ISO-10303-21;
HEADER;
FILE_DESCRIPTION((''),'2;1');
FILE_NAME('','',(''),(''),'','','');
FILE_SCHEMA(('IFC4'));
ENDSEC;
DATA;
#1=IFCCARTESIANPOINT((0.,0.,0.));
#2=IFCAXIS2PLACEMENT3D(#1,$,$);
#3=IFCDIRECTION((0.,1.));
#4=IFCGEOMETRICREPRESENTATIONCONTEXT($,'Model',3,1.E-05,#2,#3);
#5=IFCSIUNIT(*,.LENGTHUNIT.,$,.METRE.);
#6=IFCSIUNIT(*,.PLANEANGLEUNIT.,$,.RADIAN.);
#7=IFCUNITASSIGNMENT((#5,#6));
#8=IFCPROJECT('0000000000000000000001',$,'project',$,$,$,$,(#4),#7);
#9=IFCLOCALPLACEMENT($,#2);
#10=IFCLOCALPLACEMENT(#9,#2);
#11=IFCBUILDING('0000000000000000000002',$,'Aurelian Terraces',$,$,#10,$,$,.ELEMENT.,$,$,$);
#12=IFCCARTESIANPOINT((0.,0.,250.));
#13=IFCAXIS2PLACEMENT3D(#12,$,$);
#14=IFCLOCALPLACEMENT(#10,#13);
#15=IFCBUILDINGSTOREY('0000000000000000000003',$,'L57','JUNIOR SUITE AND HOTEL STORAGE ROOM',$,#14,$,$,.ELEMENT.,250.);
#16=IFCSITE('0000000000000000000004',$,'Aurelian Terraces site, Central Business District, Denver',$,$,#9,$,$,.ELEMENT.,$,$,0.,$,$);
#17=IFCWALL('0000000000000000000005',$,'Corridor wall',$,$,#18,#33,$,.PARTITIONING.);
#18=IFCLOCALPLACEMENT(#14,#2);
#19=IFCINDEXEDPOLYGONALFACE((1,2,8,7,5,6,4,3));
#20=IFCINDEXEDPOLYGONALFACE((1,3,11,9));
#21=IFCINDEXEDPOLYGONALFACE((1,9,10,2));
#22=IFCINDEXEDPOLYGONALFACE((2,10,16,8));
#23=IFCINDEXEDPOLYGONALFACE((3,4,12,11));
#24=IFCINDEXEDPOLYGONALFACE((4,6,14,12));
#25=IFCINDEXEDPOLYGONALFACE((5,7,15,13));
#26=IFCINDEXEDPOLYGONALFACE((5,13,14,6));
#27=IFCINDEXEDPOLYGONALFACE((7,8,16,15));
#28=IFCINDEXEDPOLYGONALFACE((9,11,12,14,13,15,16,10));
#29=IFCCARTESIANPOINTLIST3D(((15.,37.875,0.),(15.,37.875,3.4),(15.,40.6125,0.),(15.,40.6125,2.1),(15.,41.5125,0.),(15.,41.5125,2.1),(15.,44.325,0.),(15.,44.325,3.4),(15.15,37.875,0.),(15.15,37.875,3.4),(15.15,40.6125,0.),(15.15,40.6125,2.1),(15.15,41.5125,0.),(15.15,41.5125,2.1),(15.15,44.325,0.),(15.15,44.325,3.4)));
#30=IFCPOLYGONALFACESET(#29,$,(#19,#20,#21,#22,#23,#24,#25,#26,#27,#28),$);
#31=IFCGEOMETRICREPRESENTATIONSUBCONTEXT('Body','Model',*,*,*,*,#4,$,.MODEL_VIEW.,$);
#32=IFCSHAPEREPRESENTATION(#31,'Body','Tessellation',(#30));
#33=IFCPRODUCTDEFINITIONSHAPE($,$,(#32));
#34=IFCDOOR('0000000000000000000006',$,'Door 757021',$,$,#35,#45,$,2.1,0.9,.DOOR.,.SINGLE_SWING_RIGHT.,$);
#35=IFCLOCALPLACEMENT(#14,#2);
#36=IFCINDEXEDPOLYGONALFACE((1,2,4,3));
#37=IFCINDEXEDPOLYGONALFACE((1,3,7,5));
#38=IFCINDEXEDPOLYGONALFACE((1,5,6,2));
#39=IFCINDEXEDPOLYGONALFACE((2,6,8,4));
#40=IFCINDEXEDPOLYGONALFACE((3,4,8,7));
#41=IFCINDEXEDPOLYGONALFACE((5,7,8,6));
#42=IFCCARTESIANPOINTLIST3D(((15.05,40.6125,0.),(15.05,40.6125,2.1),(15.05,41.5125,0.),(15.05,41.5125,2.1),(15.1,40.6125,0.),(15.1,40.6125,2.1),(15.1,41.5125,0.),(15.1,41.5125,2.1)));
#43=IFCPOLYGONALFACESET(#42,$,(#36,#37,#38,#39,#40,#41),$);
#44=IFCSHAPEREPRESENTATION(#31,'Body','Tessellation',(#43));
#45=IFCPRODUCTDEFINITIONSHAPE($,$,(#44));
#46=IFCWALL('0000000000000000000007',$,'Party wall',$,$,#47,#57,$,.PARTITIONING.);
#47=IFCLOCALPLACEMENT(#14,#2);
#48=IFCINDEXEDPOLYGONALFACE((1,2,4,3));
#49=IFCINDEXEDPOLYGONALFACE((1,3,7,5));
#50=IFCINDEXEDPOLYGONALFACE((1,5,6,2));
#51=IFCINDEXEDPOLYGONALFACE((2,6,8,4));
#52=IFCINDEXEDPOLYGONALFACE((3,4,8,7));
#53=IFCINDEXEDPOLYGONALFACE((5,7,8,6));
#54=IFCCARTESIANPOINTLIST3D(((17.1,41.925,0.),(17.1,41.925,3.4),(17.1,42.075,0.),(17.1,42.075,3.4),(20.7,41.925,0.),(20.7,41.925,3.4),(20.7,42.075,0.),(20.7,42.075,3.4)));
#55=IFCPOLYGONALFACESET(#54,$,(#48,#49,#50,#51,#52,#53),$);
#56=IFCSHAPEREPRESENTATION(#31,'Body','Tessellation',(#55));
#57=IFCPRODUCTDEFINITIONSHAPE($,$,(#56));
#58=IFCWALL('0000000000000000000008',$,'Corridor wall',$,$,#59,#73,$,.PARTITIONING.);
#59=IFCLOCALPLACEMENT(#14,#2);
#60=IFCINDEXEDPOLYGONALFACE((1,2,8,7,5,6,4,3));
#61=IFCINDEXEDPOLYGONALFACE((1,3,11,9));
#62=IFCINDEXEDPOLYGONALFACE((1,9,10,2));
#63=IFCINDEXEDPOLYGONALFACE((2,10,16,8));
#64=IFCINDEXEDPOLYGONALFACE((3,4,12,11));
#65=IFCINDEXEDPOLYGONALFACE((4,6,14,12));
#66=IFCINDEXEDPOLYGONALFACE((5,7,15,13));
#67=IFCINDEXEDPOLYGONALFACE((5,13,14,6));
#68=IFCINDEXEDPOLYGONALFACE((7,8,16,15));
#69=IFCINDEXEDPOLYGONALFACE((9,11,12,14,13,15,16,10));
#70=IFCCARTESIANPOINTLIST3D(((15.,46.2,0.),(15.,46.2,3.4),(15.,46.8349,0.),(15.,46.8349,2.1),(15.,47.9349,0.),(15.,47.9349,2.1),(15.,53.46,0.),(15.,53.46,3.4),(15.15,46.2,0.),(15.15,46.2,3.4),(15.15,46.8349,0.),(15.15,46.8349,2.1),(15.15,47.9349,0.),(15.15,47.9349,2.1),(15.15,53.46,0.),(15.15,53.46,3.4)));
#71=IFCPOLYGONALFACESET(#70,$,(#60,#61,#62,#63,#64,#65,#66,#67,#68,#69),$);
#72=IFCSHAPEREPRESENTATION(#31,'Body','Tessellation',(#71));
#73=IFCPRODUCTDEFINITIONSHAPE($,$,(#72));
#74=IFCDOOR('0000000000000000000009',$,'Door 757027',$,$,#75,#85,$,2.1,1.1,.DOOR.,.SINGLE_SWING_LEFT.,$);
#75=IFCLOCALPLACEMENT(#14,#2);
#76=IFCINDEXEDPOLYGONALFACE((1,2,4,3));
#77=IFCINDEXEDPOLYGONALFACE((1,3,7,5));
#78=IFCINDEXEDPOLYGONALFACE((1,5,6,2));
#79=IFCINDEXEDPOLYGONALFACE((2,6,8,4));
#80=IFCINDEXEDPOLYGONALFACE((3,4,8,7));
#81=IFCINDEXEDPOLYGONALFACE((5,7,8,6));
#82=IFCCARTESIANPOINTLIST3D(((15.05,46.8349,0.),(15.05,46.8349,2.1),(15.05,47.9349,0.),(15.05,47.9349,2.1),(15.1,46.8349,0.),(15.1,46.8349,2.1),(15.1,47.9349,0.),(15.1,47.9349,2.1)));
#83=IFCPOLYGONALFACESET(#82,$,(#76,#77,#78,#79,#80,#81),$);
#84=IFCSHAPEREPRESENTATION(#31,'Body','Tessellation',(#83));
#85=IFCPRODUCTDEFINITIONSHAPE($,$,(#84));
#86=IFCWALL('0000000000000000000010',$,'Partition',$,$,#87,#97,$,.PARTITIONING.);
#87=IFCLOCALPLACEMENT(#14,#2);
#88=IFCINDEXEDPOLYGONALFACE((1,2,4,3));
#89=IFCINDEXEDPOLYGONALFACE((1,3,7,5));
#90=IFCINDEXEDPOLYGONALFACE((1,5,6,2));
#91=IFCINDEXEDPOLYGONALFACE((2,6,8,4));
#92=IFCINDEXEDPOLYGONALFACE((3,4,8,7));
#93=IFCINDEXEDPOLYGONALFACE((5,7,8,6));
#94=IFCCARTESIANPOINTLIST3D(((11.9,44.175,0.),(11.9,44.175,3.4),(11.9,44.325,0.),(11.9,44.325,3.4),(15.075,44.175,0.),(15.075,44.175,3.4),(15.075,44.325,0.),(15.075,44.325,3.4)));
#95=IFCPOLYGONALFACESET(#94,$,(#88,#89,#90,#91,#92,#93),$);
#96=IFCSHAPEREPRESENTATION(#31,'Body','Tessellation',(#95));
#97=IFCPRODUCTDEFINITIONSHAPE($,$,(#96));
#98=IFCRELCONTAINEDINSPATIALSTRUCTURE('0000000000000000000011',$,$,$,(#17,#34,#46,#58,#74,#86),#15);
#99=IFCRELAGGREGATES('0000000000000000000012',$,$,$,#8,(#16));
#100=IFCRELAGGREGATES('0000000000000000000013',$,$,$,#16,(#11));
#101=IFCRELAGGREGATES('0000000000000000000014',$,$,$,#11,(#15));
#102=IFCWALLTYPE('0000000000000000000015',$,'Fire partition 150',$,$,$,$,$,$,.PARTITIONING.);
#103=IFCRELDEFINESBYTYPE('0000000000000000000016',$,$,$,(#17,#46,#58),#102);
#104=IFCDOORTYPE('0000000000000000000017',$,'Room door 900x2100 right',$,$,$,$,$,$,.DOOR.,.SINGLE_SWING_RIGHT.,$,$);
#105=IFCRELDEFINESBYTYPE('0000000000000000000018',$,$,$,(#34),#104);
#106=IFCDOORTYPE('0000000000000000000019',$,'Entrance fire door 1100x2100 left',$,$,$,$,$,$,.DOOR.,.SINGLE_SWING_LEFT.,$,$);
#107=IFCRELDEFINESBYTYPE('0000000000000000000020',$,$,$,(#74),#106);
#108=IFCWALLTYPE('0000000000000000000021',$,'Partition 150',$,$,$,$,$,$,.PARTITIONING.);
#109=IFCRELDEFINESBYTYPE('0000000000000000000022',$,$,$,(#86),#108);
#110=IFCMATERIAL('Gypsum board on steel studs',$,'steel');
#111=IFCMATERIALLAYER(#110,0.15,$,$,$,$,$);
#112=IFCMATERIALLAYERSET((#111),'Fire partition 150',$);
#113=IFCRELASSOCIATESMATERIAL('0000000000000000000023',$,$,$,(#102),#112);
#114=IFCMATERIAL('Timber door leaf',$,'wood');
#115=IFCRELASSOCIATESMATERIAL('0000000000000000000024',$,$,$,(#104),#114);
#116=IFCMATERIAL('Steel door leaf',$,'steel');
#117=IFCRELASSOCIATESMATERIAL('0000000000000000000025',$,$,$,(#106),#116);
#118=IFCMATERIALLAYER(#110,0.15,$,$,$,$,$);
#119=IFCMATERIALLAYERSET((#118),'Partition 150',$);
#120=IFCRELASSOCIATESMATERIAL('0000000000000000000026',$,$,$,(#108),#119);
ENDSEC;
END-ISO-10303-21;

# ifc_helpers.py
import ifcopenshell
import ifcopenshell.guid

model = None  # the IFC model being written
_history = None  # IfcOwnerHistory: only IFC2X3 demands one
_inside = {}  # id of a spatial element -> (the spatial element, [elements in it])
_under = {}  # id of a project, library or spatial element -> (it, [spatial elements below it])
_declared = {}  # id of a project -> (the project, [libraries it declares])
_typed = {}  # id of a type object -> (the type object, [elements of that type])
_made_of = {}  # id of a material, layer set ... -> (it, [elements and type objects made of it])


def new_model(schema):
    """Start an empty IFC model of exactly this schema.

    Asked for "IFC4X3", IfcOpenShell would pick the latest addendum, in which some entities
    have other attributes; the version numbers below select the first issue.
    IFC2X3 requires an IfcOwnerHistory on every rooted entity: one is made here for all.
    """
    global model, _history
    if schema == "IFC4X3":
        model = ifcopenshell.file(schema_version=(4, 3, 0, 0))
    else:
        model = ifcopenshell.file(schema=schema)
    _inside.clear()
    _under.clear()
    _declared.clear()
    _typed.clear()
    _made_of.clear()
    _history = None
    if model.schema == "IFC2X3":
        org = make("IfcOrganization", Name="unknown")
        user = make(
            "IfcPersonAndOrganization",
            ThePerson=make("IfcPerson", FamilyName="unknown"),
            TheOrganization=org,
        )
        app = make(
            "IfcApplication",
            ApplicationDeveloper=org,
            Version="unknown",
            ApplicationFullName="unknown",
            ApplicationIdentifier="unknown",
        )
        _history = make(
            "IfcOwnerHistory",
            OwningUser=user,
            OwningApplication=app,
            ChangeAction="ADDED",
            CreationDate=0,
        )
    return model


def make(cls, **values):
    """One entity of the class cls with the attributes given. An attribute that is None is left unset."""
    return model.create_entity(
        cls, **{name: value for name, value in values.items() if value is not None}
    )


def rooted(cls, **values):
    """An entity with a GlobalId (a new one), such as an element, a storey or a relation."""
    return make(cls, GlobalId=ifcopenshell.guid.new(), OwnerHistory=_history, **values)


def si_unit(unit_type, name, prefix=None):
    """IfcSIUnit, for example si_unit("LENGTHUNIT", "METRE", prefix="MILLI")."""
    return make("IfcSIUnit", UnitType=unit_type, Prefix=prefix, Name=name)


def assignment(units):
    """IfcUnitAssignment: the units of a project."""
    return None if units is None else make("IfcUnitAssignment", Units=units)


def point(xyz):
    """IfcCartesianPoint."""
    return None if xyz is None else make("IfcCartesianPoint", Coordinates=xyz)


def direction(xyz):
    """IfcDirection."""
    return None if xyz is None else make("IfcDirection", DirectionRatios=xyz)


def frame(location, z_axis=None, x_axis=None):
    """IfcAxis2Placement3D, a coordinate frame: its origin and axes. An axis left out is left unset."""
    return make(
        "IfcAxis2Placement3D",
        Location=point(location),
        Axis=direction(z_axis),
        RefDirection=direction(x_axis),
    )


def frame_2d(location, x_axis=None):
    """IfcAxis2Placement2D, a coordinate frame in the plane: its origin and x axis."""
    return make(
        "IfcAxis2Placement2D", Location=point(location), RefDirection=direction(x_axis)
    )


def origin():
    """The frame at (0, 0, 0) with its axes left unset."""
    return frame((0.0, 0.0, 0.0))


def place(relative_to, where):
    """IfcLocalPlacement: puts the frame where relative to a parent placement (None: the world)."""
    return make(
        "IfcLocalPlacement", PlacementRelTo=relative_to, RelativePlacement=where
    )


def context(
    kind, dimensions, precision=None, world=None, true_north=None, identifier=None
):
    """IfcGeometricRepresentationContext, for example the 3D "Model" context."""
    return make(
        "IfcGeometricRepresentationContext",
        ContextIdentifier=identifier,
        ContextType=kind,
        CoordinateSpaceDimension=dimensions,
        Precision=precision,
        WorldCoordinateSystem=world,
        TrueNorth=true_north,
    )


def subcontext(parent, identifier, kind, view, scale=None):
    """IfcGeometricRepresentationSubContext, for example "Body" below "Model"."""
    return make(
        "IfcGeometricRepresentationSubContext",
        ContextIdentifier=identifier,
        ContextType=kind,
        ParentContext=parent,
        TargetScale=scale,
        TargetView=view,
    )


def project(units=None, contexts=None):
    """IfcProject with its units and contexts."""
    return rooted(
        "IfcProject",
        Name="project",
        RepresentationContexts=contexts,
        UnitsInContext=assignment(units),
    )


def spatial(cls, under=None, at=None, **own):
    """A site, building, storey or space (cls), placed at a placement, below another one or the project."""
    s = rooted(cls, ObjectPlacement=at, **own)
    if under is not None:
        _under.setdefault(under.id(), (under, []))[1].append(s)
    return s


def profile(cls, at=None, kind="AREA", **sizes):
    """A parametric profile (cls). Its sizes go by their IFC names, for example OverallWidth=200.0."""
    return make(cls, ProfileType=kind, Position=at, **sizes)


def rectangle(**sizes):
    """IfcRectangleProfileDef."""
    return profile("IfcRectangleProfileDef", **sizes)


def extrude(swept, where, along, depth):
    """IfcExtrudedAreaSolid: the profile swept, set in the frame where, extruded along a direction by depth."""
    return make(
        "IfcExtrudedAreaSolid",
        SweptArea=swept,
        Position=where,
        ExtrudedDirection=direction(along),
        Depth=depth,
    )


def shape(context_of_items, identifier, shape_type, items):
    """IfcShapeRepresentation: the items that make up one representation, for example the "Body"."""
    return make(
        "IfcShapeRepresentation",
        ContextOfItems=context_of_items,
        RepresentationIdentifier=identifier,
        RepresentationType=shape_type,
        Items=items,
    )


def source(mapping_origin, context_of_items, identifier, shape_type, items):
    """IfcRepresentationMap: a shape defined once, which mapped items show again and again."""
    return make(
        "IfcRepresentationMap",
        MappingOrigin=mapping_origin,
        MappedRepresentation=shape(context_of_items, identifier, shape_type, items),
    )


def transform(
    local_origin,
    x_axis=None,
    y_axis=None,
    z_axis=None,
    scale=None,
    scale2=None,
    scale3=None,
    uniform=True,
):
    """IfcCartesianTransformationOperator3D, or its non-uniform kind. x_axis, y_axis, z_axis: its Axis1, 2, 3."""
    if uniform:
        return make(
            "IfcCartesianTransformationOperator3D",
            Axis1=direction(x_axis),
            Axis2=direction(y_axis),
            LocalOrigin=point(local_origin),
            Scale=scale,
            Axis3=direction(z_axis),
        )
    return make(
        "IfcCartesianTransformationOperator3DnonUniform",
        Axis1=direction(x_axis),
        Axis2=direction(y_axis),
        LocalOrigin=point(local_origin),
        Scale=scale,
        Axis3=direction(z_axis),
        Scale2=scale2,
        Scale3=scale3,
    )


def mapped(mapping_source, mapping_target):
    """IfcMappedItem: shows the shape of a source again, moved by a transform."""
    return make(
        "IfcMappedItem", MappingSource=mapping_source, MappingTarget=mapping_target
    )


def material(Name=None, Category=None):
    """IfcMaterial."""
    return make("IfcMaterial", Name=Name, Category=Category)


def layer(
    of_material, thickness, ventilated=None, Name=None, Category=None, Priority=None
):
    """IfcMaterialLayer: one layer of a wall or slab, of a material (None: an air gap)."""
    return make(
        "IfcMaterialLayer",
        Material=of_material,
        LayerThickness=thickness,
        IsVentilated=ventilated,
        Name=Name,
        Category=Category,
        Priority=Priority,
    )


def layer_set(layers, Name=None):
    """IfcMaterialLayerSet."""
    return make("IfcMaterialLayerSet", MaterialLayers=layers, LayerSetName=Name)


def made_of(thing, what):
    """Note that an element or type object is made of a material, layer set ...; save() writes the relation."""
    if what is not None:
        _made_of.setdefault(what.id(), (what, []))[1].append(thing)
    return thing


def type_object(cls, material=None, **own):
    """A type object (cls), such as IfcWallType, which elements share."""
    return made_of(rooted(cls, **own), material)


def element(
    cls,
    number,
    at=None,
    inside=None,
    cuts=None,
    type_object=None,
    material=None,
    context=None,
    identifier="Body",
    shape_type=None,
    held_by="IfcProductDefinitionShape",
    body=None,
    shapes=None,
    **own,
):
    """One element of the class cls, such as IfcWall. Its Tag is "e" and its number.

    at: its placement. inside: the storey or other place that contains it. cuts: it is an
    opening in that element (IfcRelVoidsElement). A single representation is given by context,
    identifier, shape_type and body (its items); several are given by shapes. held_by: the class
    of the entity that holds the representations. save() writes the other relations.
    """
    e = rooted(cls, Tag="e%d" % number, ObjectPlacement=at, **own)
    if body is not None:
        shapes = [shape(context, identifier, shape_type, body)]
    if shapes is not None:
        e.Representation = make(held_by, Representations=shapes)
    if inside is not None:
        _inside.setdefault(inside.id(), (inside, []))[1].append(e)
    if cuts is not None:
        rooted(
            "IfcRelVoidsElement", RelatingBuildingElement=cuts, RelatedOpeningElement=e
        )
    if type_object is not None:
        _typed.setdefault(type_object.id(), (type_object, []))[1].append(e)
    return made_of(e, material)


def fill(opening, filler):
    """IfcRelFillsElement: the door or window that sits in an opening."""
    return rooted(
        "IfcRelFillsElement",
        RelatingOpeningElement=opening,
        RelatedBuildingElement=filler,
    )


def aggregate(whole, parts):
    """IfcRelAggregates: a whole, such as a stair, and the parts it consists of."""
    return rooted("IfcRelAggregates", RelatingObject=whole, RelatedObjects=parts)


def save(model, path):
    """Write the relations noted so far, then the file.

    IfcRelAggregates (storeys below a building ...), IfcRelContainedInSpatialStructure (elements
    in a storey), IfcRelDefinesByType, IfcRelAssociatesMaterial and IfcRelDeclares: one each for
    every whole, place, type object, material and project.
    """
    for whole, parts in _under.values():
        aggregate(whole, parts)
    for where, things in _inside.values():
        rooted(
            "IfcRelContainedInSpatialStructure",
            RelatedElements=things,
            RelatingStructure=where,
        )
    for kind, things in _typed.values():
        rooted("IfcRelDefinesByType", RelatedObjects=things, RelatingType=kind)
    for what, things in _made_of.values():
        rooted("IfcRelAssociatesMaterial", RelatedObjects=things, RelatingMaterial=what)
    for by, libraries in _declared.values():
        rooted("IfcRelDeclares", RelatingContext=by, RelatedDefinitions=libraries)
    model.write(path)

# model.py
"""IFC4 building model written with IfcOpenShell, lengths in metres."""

from ifc_helpers import new_model, si_unit, direction, frame, frame_2d, origin, place, context, subcontext, project, spatial, rectangle, extrude, source, transform, mapped, material, layer, layer_set, type_object, element, fill, save


model = new_model("IFC4")

# Units and contexts
model_context = context("Model", 3, precision=1e-05, world=origin(), true_north=direction((0.0, 1.0)))
body_context = subcontext(model_context, "Body", "Model", "MODEL_VIEW")
ifc_project = project(units=[si_unit("LENGTHUNIT", "METRE"), si_unit("PLANEANGLEUNIT", "RADIAN")], contexts=[model_context])

# Site, building, storey
site_placement = place(None, origin())
site = spatial("IfcSite", under=ifc_project, at=site_placement, Name="Aurelian Terraces site, Central Business District, Denver", CompositionType="ELEMENT", RefElevation=0.0)
building_placement = place(site_placement, origin())
building = spatial("IfcBuilding", under=site, at=building_placement, Name="Aurelian Terraces", CompositionType="ELEMENT")
storey_placement = place(building_placement, frame((0.0, 0.0, 250.0)))
storey = spatial("IfcBuildingStorey", under=building, at=storey_placement, Name="L57", Description="JUNIOR SUITE AND HOTEL STORAGE ROOM", CompositionType="ELEMENT", Elevation=250.0)

# Wall, opening, door
ifc_material_1 = material(Name="Gypsum board on steel studs", Category="steel")
ifc_layer_1 = layer(ifc_material_1, 0.15)
ifc_layer_set_1 = layer_set([ifc_layer_1], Name="Fire partition 150")
wall_type_1 = type_object("IfcWallType", Name="Fire partition 150", PredefinedType="PARTITIONING", material=ifc_layer_set_1)
shared_shape_1 = source(origin(), body_context, "Body", "SweptSolid", [
    extrude(rectangle(XDim=6.45, YDim=0.15, at=frame_2d((3.225, 0.0))), origin(), (0.0, 0.0, 1.0), 3.4),
])
wall_1_placement = place(storey_placement, frame((15.075, 37.875, 0.0), z_axis=(0.0, 0.0, 1.0), x_axis=(0.0, 1.0, 0.0)))
wall_1 = element("IfcWall", 1, at=wall_1_placement, inside=storey, type_object=wall_type_1, Name="Corridor wall", PredefinedType="PARTITIONING", context=body_context, shape_type="MappedRepresentation", body=[
    mapped(shared_shape_1, transform((0.0, 0.0, 0.0), scale=1.0)),
])
shared_shape_2 = source(origin(), body_context, "Body", "SweptSolid", [
    extrude(rectangle(XDim=0.9, YDim=2.1, at=frame_2d((0.45, 1.05))), frame((0.0, 0.085, 0.0), z_axis=(0.0, -1.0, 0.0), x_axis=(1.0, 0.0, 0.0)), (0.0, 0.0, 1.0), 0.17),
])
opening_1_placement = place(wall_1_placement, frame((2.7375, 0.0, 0.0)))
opening_1 = element("IfcOpeningElement", 2, at=opening_1_placement, cuts=wall_1, PredefinedType="OPENING", context=body_context, shape_type="MappedRepresentation", body=[
    mapped(shared_shape_2, transform((0.0, 0.0, 0.0), scale=1.0)),
])
ifc_material_2 = material(Name="Timber door leaf", Category="wood")
door_type_1 = type_object("IfcDoorType", Name="Room door 900x2100 right", OperationType="SINGLE_SWING_RIGHT", PredefinedType="DOOR", material=ifc_material_2)
shared_shape_3 = source(origin(), body_context, "Body", "SweptSolid", [
    extrude(rectangle(XDim=0.9, YDim=2.1, at=frame_2d((0.45, 1.05))), frame((0.0, 0.025, 0.0), z_axis=(0.0, -1.0, 0.0), x_axis=(1.0, 0.0, 0.0)), (0.0, 0.0, 1.0), 0.05),
])
door_1_placement = place(opening_1_placement, origin())
door_1 = element("IfcDoor", 3, at=door_1_placement, inside=storey, type_object=door_type_1, Name="Door 757021", OperationType="SINGLE_SWING_RIGHT", OverallHeight=2.1, OverallWidth=0.9, PredefinedType="DOOR", context=body_context, shape_type="MappedRepresentation", body=[
    mapped(shared_shape_3, transform((0.0, 0.0, 0.0), scale=1.0)),
])
fill(opening_1, door_1)

# Wall
shared_shape_4 = source(origin(), body_context, "Body", "SweptSolid", [
    extrude(rectangle(XDim=3.6, YDim=0.15, at=frame_2d((1.8, 0.0))), origin(), (0.0, 0.0, 1.0), 3.4),
])
wall_2_placement = place(storey_placement, frame((20.7, 42.0, 0.0), z_axis=(0.0, 0.0, 1.0), x_axis=(-1.0, 0.0, 0.0)))
element("IfcWall", 4, at=wall_2_placement, inside=storey, type_object=wall_type_1, Name="Party wall", PredefinedType="PARTITIONING", context=body_context, shape_type="MappedRepresentation", body=[
    mapped(shared_shape_4, transform((0.0, 0.0, 0.0), scale=1.0)),
])

# Wall, opening, door
shared_shape_5 = source(origin(), body_context, "Body", "SweptSolid", [
    extrude(rectangle(XDim=7.26, YDim=0.15, at=frame_2d((3.63, 0.0))), origin(), (0.0, 0.0, 1.0), 3.4),
])
wall_3_placement = place(storey_placement, frame((15.075, 46.2, 0.0), z_axis=(0.0, 0.0, 1.0), x_axis=(0.0, 1.0, 0.0)))
wall_3 = element("IfcWall", 5, at=wall_3_placement, inside=storey, type_object=wall_type_1, Name="Corridor wall", PredefinedType="PARTITIONING", context=body_context, shape_type="MappedRepresentation", body=[
    mapped(shared_shape_5, transform((0.0, 0.0, 0.0), scale=1.0)),
])
shared_shape_6 = source(origin(), body_context, "Body", "SweptSolid", [
    extrude(rectangle(XDim=1.1, YDim=2.1, at=frame_2d((0.55, 1.05))), frame((0.0, 0.085, 0.0), z_axis=(0.0, -1.0, 0.0), x_axis=(1.0, 0.0, 0.0)), (0.0, 0.0, 1.0), 0.17),
])
opening_2_placement = place(wall_3_placement, frame((0.6349, 0.0, 0.0)))
opening_2 = element("IfcOpeningElement", 6, at=opening_2_placement, cuts=wall_3, PredefinedType="OPENING", context=body_context, shape_type="MappedRepresentation", body=[
    mapped(shared_shape_6, transform((0.0, 0.0, 0.0), scale=1.0)),
])
ifc_material_3 = material(Name="Steel door leaf", Category="steel")
door_type_2 = type_object("IfcDoorType", Name="Entrance fire door 1100x2100 left", OperationType="SINGLE_SWING_LEFT", PredefinedType="DOOR", material=ifc_material_3)
shared_shape_7 = source(origin(), body_context, "Body", "SweptSolid", [
    extrude(rectangle(XDim=1.1, YDim=2.1, at=frame_2d((0.55, 1.05))), frame((0.0, 0.025, 0.0), z_axis=(0.0, -1.0, 0.0), x_axis=(1.0, 0.0, 0.0)), (0.0, 0.0, 1.0), 0.05),
])
door_2_placement = place(opening_2_placement, origin())
door_2 = element("IfcDoor", 7, at=door_2_placement, inside=storey, type_object=door_type_2, Name="Door 757027", OperationType="SINGLE_SWING_LEFT", OverallHeight=2.1, OverallWidth=1.1, PredefinedType="DOOR", context=body_context, shape_type="MappedRepresentation", body=[
    mapped(shared_shape_7, transform((0.0, 0.0, 0.0), scale=1.0)),
])
fill(opening_2, door_2)

# Wall
ifc_layer_2 = layer(ifc_material_1, 0.15)
ifc_layer_set_2 = layer_set([ifc_layer_2], Name="Partition 150")
wall_type_2 = type_object("IfcWallType", Name="Partition 150", PredefinedType="PARTITIONING", material=ifc_layer_set_2)
shared_shape_8 = source(origin(), body_context, "Body", "SweptSolid", [
    extrude(rectangle(XDim=3.175, YDim=0.15, at=frame_2d((1.5875, 0.0))), origin(), (0.0, 0.0, 1.0), 3.4),
])
wall_4_placement = place(storey_placement, frame((15.075, 44.25, 0.0), z_axis=(0.0, 0.0, 1.0), x_axis=(-1.0, 0.0, 0.0)))
element("IfcWall", 8, at=wall_4_placement, inside=storey, type_object=wall_type_2, Name="Partition", PredefinedType="PARTITIONING", context=body_context, shape_type="MappedRepresentation", body=[
    mapped(shared_shape_8, transform((0.0, 0.0, 0.0), scale=1.0)),
])

save(model, "model.ifc")
